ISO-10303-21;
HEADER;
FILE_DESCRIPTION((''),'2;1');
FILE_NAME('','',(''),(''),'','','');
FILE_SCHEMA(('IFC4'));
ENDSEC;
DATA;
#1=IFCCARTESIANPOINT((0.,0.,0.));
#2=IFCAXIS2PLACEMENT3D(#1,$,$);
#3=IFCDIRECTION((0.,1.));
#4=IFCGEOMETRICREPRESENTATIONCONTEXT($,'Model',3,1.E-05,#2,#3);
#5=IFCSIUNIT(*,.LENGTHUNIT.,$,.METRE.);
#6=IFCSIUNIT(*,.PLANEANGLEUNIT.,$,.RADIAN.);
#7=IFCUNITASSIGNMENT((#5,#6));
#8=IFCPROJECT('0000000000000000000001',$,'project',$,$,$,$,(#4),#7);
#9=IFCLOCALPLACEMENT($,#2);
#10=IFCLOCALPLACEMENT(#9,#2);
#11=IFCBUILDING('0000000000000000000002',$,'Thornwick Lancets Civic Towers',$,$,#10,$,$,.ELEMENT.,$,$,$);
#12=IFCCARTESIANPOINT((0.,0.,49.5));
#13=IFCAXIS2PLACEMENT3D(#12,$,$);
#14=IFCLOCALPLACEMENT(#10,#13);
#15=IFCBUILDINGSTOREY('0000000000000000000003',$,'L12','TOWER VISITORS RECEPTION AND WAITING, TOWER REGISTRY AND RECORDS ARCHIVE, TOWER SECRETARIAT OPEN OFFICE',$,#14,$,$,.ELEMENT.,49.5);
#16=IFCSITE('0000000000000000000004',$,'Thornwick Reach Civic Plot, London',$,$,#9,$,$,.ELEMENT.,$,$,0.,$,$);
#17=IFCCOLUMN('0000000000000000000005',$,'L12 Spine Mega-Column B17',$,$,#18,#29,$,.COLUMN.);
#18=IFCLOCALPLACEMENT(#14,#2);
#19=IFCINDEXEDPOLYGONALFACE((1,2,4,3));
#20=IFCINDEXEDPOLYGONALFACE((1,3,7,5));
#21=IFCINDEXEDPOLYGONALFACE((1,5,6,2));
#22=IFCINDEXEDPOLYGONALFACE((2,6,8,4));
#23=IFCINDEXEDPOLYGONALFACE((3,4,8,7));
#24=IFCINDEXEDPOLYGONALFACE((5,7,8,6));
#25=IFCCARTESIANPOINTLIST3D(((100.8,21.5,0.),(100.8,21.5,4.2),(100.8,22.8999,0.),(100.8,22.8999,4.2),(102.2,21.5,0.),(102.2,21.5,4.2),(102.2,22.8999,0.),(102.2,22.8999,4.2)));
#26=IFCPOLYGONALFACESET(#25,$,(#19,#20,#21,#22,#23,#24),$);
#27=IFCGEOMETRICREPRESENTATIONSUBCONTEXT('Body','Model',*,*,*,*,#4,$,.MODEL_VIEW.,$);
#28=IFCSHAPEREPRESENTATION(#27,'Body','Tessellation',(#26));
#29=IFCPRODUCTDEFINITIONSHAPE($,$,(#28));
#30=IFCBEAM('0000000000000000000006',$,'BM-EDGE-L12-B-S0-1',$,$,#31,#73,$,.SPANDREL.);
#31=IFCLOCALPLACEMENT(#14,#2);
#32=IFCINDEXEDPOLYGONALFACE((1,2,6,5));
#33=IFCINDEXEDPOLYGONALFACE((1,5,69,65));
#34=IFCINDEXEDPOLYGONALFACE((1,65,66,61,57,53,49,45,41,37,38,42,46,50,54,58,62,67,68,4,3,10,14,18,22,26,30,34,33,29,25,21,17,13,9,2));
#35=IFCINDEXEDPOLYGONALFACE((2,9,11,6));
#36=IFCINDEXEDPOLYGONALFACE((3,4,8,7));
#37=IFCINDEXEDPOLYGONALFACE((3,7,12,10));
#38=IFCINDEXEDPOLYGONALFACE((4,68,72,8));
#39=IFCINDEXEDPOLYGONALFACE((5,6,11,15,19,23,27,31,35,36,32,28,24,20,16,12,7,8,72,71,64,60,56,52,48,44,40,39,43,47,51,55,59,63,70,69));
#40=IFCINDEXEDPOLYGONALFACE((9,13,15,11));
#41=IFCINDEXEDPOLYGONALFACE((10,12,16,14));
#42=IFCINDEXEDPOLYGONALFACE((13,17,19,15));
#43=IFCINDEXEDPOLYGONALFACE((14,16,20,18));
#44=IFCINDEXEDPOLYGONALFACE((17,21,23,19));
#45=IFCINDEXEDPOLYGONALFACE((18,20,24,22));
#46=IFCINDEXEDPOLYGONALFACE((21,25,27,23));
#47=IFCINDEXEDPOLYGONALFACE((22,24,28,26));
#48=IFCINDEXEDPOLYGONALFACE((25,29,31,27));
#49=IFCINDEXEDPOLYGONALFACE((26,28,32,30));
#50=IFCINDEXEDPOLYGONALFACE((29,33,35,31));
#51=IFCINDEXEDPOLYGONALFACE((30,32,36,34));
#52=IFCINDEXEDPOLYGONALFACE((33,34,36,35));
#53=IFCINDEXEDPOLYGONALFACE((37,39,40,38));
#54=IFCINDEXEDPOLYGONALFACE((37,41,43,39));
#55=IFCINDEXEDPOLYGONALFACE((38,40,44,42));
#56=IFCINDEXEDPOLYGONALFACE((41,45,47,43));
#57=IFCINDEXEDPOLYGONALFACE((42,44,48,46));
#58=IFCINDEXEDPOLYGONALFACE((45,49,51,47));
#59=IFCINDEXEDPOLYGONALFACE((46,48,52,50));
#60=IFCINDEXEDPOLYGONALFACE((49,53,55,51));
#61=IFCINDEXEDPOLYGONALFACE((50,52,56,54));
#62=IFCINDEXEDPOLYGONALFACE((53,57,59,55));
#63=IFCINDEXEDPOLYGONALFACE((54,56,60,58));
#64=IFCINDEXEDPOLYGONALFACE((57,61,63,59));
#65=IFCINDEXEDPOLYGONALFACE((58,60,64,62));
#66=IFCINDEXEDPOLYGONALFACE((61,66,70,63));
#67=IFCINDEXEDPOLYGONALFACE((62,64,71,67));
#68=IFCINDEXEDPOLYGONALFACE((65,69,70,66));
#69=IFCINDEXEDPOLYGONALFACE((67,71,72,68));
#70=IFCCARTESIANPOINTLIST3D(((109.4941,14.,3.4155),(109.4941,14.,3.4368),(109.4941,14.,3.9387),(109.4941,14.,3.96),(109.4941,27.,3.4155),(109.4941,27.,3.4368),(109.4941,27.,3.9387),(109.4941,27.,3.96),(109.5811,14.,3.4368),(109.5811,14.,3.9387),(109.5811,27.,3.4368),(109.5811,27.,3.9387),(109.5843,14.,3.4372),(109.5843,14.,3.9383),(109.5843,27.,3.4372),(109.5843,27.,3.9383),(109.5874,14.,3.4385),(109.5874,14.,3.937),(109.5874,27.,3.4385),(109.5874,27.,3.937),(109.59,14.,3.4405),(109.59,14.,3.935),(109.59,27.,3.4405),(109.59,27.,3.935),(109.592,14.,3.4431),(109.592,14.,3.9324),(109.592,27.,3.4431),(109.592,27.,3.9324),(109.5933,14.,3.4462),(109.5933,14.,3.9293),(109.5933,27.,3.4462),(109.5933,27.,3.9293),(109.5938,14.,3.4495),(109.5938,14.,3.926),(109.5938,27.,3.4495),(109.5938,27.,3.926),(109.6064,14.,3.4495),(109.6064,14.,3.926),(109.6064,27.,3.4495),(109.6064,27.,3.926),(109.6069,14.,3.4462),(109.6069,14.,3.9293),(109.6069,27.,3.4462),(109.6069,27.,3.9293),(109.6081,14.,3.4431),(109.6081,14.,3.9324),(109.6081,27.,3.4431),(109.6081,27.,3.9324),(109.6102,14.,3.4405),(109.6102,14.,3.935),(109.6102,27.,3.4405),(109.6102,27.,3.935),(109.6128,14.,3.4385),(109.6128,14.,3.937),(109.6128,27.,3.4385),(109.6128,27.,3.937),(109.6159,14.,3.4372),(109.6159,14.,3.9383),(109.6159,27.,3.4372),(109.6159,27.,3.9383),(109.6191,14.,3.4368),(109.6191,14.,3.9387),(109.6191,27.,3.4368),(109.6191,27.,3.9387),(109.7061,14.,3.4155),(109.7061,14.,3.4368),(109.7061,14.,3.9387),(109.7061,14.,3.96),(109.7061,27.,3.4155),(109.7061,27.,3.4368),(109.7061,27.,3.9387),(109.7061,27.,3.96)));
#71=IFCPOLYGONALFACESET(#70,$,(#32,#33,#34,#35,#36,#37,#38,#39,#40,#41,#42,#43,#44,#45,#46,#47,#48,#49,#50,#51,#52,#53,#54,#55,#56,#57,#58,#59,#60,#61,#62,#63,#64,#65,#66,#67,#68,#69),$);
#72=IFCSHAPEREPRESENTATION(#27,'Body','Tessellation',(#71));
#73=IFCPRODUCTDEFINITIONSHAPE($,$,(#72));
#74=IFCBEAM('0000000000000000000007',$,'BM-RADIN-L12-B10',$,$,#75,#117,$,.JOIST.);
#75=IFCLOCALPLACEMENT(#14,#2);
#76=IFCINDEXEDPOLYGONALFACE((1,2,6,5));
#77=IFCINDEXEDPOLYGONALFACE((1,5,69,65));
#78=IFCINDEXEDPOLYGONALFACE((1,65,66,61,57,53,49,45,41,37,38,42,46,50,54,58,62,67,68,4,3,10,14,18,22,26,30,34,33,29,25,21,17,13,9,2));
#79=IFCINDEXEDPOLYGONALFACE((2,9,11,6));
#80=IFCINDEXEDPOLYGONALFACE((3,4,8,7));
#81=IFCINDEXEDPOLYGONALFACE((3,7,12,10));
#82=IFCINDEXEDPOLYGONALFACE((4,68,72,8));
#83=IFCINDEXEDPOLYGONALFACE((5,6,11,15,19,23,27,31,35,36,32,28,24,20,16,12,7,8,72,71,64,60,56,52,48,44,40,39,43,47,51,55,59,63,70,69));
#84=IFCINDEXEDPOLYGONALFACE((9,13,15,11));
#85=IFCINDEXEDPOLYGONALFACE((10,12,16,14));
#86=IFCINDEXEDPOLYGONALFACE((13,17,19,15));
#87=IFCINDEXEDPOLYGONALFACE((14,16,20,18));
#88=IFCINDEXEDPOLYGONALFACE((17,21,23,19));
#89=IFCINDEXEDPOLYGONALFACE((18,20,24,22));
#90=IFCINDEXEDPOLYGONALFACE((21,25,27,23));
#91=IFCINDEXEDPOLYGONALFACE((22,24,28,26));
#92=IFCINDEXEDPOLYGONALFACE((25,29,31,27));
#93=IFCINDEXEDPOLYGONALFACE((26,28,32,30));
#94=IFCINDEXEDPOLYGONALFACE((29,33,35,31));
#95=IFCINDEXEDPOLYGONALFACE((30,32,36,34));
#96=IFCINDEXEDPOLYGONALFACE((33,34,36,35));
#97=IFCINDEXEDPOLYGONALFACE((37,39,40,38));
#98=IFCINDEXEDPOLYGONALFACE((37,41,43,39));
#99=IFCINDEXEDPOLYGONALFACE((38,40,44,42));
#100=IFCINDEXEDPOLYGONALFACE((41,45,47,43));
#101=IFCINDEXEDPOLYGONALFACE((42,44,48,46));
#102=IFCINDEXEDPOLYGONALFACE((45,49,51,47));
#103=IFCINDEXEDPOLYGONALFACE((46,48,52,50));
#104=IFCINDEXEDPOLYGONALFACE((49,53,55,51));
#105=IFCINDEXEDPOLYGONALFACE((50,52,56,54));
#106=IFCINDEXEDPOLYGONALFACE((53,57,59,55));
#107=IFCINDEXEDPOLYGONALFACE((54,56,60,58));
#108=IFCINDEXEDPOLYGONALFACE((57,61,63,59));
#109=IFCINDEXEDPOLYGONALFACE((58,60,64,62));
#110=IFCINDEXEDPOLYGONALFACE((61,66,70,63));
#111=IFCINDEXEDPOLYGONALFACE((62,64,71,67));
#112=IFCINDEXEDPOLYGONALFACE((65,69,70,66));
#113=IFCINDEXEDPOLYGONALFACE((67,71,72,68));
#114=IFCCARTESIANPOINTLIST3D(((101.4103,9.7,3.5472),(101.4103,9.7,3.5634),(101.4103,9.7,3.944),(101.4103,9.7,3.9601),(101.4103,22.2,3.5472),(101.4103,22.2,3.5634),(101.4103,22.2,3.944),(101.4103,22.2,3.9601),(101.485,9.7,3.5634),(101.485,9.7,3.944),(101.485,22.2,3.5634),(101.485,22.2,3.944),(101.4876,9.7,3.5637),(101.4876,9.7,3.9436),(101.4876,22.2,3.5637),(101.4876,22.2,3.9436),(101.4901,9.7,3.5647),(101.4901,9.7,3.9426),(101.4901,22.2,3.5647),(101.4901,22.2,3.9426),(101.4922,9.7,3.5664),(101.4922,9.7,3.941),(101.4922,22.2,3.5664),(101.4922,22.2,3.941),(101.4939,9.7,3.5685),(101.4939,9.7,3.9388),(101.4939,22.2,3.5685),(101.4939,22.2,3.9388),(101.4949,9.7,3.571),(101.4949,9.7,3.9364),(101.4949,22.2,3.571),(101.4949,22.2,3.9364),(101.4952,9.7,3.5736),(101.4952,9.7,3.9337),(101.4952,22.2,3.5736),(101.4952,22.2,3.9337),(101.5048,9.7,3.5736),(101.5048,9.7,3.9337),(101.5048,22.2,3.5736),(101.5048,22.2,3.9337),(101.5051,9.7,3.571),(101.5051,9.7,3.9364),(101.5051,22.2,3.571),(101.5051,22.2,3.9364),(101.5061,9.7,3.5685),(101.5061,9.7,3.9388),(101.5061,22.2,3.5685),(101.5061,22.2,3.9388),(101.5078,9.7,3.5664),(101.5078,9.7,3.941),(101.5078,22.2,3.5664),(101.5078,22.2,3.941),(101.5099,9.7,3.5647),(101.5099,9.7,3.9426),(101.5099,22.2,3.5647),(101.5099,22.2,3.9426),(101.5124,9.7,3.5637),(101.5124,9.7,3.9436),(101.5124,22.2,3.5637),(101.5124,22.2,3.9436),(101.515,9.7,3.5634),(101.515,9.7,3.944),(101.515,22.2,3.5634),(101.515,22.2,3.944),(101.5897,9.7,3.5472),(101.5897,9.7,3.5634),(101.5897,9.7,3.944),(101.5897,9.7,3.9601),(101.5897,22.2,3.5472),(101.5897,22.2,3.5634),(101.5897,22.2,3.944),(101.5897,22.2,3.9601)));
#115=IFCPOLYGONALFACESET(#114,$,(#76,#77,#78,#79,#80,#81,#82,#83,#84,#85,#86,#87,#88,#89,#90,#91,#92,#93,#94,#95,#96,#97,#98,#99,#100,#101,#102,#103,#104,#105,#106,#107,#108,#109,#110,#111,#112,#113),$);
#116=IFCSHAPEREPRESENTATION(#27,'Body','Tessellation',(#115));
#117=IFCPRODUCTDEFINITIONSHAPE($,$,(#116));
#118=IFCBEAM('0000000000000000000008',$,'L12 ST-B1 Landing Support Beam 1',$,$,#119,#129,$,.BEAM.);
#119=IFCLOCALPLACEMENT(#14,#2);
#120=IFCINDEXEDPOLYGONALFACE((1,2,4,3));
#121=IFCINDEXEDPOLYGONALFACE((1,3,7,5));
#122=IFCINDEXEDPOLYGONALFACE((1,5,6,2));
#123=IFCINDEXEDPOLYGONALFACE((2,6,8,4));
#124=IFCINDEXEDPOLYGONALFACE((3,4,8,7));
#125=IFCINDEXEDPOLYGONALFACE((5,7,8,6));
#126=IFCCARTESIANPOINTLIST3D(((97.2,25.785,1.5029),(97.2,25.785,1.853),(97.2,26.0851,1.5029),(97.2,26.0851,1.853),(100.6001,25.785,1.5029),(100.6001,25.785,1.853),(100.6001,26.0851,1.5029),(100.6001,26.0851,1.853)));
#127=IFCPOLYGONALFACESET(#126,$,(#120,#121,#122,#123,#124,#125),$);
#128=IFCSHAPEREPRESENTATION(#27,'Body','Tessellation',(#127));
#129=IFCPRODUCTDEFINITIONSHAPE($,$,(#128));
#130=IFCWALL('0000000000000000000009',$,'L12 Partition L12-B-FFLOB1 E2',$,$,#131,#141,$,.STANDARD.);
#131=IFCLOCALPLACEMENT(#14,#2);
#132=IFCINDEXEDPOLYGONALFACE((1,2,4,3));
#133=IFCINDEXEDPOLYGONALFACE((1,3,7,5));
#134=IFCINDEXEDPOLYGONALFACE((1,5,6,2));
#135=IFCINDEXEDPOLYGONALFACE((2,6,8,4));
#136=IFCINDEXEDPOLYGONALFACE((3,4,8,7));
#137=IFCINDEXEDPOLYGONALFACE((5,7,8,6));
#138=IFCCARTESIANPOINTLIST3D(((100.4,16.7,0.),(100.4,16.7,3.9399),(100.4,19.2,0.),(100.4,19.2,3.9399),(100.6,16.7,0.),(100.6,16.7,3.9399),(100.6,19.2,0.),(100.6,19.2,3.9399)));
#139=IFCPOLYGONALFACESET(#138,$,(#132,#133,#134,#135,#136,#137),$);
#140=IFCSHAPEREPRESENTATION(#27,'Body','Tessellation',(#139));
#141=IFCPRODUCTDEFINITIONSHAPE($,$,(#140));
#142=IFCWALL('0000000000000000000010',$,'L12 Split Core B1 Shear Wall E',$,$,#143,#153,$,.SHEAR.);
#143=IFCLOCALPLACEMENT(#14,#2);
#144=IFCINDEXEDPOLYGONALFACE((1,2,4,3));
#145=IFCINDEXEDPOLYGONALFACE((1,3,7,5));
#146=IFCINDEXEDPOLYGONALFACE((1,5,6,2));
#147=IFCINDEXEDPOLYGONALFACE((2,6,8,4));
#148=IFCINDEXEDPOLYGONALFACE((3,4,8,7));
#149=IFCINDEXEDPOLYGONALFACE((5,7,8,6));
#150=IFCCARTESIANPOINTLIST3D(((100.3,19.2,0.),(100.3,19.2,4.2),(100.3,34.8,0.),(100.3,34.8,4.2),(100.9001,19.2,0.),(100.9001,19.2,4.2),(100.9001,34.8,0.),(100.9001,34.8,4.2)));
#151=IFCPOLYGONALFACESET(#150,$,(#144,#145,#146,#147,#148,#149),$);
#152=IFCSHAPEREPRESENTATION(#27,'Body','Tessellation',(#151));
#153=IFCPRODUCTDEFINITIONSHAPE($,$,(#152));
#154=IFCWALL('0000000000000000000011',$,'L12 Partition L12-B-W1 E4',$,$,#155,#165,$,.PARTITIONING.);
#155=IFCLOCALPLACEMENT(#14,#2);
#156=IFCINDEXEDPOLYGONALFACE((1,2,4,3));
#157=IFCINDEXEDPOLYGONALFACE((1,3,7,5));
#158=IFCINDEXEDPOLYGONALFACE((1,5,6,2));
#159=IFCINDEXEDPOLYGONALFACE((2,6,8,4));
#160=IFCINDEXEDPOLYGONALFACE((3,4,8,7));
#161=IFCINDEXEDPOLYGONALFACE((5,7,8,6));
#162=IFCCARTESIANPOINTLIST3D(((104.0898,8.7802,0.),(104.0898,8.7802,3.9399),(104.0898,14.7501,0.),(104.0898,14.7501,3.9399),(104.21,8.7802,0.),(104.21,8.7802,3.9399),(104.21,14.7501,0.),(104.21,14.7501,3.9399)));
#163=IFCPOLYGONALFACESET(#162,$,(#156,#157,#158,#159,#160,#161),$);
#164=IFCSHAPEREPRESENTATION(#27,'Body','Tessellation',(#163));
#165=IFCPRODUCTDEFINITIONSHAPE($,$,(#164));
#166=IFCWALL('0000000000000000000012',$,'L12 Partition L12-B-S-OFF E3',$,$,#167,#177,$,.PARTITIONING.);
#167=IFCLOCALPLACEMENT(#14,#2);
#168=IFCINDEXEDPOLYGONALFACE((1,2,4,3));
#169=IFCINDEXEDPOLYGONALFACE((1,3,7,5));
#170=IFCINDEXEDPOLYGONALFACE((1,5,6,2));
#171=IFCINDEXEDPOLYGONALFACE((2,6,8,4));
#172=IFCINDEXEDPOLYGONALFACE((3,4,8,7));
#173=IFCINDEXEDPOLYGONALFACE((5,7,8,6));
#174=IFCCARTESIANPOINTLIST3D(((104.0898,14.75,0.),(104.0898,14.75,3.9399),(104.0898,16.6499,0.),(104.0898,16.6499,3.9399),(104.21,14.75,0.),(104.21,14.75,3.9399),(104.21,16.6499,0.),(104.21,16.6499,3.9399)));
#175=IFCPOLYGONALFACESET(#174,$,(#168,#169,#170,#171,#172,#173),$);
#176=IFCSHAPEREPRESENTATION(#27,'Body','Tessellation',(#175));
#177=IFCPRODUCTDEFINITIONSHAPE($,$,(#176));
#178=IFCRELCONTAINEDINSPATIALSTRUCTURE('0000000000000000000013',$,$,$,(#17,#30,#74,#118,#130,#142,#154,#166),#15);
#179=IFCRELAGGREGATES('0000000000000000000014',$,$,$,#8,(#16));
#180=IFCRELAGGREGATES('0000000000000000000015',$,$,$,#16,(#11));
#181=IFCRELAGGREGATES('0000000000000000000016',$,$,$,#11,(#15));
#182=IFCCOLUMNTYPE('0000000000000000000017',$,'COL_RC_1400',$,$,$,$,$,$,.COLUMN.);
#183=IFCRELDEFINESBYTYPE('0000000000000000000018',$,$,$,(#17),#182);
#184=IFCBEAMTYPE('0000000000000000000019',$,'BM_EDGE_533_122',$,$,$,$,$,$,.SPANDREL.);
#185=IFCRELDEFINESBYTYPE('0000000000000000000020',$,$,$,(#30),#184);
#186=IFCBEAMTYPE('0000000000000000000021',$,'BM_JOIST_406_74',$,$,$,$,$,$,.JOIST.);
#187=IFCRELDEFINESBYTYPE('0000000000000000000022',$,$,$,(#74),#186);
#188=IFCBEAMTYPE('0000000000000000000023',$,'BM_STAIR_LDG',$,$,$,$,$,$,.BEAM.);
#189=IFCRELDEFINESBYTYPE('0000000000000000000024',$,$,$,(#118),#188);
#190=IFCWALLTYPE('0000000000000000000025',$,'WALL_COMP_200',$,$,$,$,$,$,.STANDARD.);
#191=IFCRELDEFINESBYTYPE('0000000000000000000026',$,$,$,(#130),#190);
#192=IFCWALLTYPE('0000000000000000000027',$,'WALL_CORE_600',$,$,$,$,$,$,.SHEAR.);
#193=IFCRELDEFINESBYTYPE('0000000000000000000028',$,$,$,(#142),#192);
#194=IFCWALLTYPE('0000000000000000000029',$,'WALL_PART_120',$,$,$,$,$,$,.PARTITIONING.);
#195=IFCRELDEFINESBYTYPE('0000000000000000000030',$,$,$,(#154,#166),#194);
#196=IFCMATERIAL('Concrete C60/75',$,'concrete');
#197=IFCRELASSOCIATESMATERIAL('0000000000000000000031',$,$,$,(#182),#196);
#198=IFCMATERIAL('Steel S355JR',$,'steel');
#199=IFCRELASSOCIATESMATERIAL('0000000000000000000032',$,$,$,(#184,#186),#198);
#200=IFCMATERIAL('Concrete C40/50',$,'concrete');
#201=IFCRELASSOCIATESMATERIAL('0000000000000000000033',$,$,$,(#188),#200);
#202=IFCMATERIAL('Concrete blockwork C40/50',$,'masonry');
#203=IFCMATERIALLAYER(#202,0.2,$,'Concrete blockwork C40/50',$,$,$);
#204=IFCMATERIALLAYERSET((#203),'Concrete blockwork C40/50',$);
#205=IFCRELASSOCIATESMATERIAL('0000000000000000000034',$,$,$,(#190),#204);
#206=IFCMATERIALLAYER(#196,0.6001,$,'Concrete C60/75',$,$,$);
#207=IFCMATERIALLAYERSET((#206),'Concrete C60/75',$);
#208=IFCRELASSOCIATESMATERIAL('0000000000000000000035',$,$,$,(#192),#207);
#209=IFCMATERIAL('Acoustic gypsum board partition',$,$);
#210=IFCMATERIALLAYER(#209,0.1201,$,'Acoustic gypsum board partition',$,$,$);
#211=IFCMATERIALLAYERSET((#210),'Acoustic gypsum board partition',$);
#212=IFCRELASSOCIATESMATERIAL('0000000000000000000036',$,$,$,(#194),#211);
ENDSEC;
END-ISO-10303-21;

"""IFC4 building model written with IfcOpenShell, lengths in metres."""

from ifc_helpers import new_model, si_unit, direction, frame, frame_2d, origin, origin_2d, place, context, subcontext, project, spatial, rectangle, i_section, extrude, material, layer, layer_set, material_profile, profile_set, type_object, element, save


model = new_model("IFC4")

# Units and contexts
model_context = context("Model", 3, precision=1e-05, world=origin(), true_north=direction((0.0, 1.0)))
body_context = subcontext(model_context, "Body", "Model", "MODEL_VIEW")
ifc_project = project(units=[si_unit("LENGTHUNIT", "METRE"), si_unit("PLANEANGLEUNIT", "RADIAN")], contexts=[model_context])

# Site, building, storey
site_placement = place(None, origin())
site = spatial("IfcSite", under=ifc_project, at=site_placement, Name="Thornwick Reach Civic Plot, London", CompositionType="ELEMENT", RefElevation=0.0)
building_placement = place(site_placement, origin())
building = spatial("IfcBuilding", under=site, at=building_placement, Name="Thornwick Lancets Civic Towers", CompositionType="ELEMENT")
storey_placement = place(building_placement, frame((0.0, 0.0, 49.5)))
storey = spatial("IfcBuildingStorey", under=building, at=storey_placement, Name="L12", Description="TOWER VISITORS RECEPTION AND WAITING, TOWER REGISTRY AND RECORDS ARCHIVE, TOWER SECRETARIAT OPEN OFFICE", CompositionType="ELEMENT", Elevation=49.5)

# Column
ifc_material_1 = material(Name="Concrete C60/75", Category="concrete")
ifc_material_profile_1 = material_profile(ifc_material_1, rectangle(XDim=1.3999, YDim=1.3999, at=origin_2d()), Name="RC 1400x1400")
ifc_profile_set_1 = profile_set([ifc_material_profile_1], Name="Concrete C60/75")
column_type = type_object("IfcColumnType", Name="COL_RC_1400", PredefinedType="COLUMN", material=ifc_profile_set_1)
column_placement = place(storey_placement, frame((101.5, 22.2, 0.0), z_axis=(0.0, 0.0, 1.0), x_axis=(1.0, 0.0, 0.0)))
element("IfcColumn", 1, at=column_placement, inside=storey, type_object=column_type, Name="L12 Spine Mega-Column B17", PredefinedType="COLUMN", context=body_context, shape_type="SweptSolid", body=[
    extrude(rectangle(XDim=1.3999, YDim=1.3999, at=origin_2d()), origin(), (0.0, 0.0, 1.0), 4.2),
])

# Beams
ifc_material_2 = material(Name="Steel S355JR", Category="steel")
ifc_material_profile_2 = material_profile(ifc_material_2, i_section(OverallWidth=0.2119, OverallDepth=0.5444, WebThickness=0.0127, FlangeThickness=0.0212, FilletRadius=0.0127, at=origin_2d()), Name="UKB 533x210x122")
ifc_profile_set_2 = profile_set([ifc_material_profile_2], Name="Steel S355JR")
beam_type_1 = type_object("IfcBeamType", Name="BM_EDGE_533_122", PredefinedType="SPANDREL", material=ifc_profile_set_2)
beam_1_placement = place(storey_placement, frame((109.6001, 14.0, 3.6877), z_axis=(0.0, 1.0, 0.0), x_axis=(-1.0, 0.0, 0.0)))
element("IfcBeam", 2, at=beam_1_placement, inside=storey, type_object=beam_type_1, Name="BM-EDGE-L12-B-S0-1", PredefinedType="SPANDREL", context=body_context, shape_type="SweptSolid", body=[
    extrude(i_section(OverallWidth=0.2119, OverallDepth=0.5444, WebThickness=0.0127, FlangeThickness=0.0212, FilletRadius=0.0127, at=origin_2d()), origin(), (0.0, 0.0, 1.0), 13.0),
])
ifc_material_profile_3 = material_profile(ifc_material_2, i_section(OverallWidth=0.1794, OverallDepth=0.4128, WebThickness=0.0095, FlangeThickness=0.0161, FilletRadius=0.0103, at=origin_2d()), Name="UKB 406x178x74")
ifc_profile_set_3 = profile_set([ifc_material_profile_3], Name="Steel S355JR")
beam_type_2 = type_object("IfcBeamType", Name="BM_JOIST_406_74", PredefinedType="JOIST", material=ifc_profile_set_3)
beam_2_placement = place(storey_placement, frame((101.5, 22.2, 3.7537), z_axis=(0.0, -1.0, 0.0), x_axis=(1.0, 0.0, 0.0)))
element("IfcBeam", 3, at=beam_2_placement, inside=storey, type_object=beam_type_2, Name="BM-RADIN-L12-B10", PredefinedType="JOIST", context=body_context, shape_type="SweptSolid", body=[
    extrude(i_section(OverallWidth=0.1794, OverallDepth=0.4128, WebThickness=0.0095, FlangeThickness=0.0161, FilletRadius=0.0103, at=origin_2d()), origin(), (0.0, 0.0, 1.0), 12.5),
])
ifc_material_3 = material(Name="Concrete C40/50", Category="concrete")
ifc_material_profile_4 = material_profile(ifc_material_3, rectangle(XDim=0.3, YDim=0.3501, at=origin_2d()), Name="RC 300x350")
ifc_profile_set_4 = profile_set([ifc_material_profile_4], Name="Concrete C40/50")
beam_type_3 = type_object("IfcBeamType", Name="BM_STAIR_LDG", PredefinedType="BEAM", material=ifc_profile_set_4)
beam_3_placement = place(storey_placement, frame((100.6001, 25.9351, 1.678), z_axis=(-1.0, 0.0, 0.0), x_axis=(0.0, -1.0, 0.0)))
element("IfcBeam", 4, at=beam_3_placement, inside=storey, type_object=beam_type_3, Name="L12 ST-B1 Landing Support Beam 1", PredefinedType="BEAM", context=body_context, shape_type="SweptSolid", body=[
    extrude(rectangle(XDim=0.3, YDim=0.3501, at=origin_2d()), origin(), (0.0, 0.0, 1.0), 3.4001),
])

# Walls
ifc_material_4 = material(Name="Concrete blockwork C40/50", Category="masonry")
ifc_layer_1 = layer(ifc_material_4, 0.2, Name="Concrete blockwork C40/50")
ifc_layer_set_1 = layer_set([ifc_layer_1], Name="Concrete blockwork C40/50")
wall_type_1 = type_object("IfcWallType", Name="WALL_COMP_200", PredefinedType="STANDARD", material=ifc_layer_set_1)
wall_1_placement = place(storey_placement, frame((100.5, 16.7, 0.0), z_axis=(0.0, 0.0, 1.0), x_axis=(0.0, 1.0, 0.0)))
element("IfcWall", 5, at=wall_1_placement, inside=storey, type_object=wall_type_1, Name="L12 Partition L12-B-FFLOB1 E2", PredefinedType="STANDARD", context=body_context, shape_type="SweptSolid", body=[
    extrude(rectangle(XDim=2.5, YDim=0.2, at=frame_2d((1.25, 0.0))), origin(), (0.0, 0.0, 1.0), 3.9399),
])
ifc_layer_2 = layer(ifc_material_1, 0.6001, Name="Concrete C60/75")
ifc_layer_set_2 = layer_set([ifc_layer_2], Name="Concrete C60/75")
wall_type_2 = type_object("IfcWallType", Name="WALL_CORE_600", PredefinedType="SHEAR", material=ifc_layer_set_2)
wall_2_placement = place(storey_placement, frame((100.6001, 19.2, 0.0), z_axis=(0.0, 0.0, 1.0), x_axis=(0.0, 1.0, 0.0)))
element("IfcWall", 6, at=wall_2_placement, inside=storey, type_object=wall_type_2, Name="L12 Split Core B1 Shear Wall E", PredefinedType="SHEAR", context=body_context, shape_type="SweptSolid", body=[
    extrude(rectangle(XDim=15.6001, YDim=0.6001, at=frame_2d((7.8, 0.0))), origin(), (0.0, 0.0, 1.0), 4.2),
])
ifc_material_5 = material(Name="Acoustic gypsum board partition")
ifc_layer_3 = layer(ifc_material_5, 0.1201, Name="Acoustic gypsum board partition")
ifc_layer_set_3 = layer_set([ifc_layer_3], Name="Acoustic gypsum board partition")
wall_type_3 = type_object("IfcWallType", Name="WALL_PART_120", PredefinedType="PARTITIONING", material=ifc_layer_set_3)
wall_3_placement = place(storey_placement, frame((104.1499, 14.75, 0.0), z_axis=(0.0, 0.0, 1.0), x_axis=(0.0, -1.0, 0.0)))
element("IfcWall", 7, at=wall_3_placement, inside=storey, type_object=wall_type_3, Name="L12 Partition L12-B-W1 E4", PredefinedType="PARTITIONING", context=body_context, shape_type="SweptSolid", body=[
    extrude(rectangle(XDim=5.97, YDim=0.1201, at=frame_2d((2.9849, 0.0))), origin(), (0.0, 0.0, 1.0), 3.9399),
])
wall_4_placement = place(storey_placement, frame((104.1499, 14.75, 0.0), z_axis=(0.0, 0.0, 1.0), x_axis=(0.0, 1.0, 0.0)))
element("IfcWall", 8, at=wall_4_placement, inside=storey, type_object=wall_type_3, Name="L12 Partition L12-B-S-OFF E3", PredefinedType="PARTITIONING", context=body_context, shape_type="SweptSolid", body=[
    extrude(rectangle(XDim=1.8999, YDim=0.1201, at=frame_2d((0.95, 0.0))), origin(), (0.0, 0.0, 1.0), 3.9399),
])

save(model, "model.ifc")
